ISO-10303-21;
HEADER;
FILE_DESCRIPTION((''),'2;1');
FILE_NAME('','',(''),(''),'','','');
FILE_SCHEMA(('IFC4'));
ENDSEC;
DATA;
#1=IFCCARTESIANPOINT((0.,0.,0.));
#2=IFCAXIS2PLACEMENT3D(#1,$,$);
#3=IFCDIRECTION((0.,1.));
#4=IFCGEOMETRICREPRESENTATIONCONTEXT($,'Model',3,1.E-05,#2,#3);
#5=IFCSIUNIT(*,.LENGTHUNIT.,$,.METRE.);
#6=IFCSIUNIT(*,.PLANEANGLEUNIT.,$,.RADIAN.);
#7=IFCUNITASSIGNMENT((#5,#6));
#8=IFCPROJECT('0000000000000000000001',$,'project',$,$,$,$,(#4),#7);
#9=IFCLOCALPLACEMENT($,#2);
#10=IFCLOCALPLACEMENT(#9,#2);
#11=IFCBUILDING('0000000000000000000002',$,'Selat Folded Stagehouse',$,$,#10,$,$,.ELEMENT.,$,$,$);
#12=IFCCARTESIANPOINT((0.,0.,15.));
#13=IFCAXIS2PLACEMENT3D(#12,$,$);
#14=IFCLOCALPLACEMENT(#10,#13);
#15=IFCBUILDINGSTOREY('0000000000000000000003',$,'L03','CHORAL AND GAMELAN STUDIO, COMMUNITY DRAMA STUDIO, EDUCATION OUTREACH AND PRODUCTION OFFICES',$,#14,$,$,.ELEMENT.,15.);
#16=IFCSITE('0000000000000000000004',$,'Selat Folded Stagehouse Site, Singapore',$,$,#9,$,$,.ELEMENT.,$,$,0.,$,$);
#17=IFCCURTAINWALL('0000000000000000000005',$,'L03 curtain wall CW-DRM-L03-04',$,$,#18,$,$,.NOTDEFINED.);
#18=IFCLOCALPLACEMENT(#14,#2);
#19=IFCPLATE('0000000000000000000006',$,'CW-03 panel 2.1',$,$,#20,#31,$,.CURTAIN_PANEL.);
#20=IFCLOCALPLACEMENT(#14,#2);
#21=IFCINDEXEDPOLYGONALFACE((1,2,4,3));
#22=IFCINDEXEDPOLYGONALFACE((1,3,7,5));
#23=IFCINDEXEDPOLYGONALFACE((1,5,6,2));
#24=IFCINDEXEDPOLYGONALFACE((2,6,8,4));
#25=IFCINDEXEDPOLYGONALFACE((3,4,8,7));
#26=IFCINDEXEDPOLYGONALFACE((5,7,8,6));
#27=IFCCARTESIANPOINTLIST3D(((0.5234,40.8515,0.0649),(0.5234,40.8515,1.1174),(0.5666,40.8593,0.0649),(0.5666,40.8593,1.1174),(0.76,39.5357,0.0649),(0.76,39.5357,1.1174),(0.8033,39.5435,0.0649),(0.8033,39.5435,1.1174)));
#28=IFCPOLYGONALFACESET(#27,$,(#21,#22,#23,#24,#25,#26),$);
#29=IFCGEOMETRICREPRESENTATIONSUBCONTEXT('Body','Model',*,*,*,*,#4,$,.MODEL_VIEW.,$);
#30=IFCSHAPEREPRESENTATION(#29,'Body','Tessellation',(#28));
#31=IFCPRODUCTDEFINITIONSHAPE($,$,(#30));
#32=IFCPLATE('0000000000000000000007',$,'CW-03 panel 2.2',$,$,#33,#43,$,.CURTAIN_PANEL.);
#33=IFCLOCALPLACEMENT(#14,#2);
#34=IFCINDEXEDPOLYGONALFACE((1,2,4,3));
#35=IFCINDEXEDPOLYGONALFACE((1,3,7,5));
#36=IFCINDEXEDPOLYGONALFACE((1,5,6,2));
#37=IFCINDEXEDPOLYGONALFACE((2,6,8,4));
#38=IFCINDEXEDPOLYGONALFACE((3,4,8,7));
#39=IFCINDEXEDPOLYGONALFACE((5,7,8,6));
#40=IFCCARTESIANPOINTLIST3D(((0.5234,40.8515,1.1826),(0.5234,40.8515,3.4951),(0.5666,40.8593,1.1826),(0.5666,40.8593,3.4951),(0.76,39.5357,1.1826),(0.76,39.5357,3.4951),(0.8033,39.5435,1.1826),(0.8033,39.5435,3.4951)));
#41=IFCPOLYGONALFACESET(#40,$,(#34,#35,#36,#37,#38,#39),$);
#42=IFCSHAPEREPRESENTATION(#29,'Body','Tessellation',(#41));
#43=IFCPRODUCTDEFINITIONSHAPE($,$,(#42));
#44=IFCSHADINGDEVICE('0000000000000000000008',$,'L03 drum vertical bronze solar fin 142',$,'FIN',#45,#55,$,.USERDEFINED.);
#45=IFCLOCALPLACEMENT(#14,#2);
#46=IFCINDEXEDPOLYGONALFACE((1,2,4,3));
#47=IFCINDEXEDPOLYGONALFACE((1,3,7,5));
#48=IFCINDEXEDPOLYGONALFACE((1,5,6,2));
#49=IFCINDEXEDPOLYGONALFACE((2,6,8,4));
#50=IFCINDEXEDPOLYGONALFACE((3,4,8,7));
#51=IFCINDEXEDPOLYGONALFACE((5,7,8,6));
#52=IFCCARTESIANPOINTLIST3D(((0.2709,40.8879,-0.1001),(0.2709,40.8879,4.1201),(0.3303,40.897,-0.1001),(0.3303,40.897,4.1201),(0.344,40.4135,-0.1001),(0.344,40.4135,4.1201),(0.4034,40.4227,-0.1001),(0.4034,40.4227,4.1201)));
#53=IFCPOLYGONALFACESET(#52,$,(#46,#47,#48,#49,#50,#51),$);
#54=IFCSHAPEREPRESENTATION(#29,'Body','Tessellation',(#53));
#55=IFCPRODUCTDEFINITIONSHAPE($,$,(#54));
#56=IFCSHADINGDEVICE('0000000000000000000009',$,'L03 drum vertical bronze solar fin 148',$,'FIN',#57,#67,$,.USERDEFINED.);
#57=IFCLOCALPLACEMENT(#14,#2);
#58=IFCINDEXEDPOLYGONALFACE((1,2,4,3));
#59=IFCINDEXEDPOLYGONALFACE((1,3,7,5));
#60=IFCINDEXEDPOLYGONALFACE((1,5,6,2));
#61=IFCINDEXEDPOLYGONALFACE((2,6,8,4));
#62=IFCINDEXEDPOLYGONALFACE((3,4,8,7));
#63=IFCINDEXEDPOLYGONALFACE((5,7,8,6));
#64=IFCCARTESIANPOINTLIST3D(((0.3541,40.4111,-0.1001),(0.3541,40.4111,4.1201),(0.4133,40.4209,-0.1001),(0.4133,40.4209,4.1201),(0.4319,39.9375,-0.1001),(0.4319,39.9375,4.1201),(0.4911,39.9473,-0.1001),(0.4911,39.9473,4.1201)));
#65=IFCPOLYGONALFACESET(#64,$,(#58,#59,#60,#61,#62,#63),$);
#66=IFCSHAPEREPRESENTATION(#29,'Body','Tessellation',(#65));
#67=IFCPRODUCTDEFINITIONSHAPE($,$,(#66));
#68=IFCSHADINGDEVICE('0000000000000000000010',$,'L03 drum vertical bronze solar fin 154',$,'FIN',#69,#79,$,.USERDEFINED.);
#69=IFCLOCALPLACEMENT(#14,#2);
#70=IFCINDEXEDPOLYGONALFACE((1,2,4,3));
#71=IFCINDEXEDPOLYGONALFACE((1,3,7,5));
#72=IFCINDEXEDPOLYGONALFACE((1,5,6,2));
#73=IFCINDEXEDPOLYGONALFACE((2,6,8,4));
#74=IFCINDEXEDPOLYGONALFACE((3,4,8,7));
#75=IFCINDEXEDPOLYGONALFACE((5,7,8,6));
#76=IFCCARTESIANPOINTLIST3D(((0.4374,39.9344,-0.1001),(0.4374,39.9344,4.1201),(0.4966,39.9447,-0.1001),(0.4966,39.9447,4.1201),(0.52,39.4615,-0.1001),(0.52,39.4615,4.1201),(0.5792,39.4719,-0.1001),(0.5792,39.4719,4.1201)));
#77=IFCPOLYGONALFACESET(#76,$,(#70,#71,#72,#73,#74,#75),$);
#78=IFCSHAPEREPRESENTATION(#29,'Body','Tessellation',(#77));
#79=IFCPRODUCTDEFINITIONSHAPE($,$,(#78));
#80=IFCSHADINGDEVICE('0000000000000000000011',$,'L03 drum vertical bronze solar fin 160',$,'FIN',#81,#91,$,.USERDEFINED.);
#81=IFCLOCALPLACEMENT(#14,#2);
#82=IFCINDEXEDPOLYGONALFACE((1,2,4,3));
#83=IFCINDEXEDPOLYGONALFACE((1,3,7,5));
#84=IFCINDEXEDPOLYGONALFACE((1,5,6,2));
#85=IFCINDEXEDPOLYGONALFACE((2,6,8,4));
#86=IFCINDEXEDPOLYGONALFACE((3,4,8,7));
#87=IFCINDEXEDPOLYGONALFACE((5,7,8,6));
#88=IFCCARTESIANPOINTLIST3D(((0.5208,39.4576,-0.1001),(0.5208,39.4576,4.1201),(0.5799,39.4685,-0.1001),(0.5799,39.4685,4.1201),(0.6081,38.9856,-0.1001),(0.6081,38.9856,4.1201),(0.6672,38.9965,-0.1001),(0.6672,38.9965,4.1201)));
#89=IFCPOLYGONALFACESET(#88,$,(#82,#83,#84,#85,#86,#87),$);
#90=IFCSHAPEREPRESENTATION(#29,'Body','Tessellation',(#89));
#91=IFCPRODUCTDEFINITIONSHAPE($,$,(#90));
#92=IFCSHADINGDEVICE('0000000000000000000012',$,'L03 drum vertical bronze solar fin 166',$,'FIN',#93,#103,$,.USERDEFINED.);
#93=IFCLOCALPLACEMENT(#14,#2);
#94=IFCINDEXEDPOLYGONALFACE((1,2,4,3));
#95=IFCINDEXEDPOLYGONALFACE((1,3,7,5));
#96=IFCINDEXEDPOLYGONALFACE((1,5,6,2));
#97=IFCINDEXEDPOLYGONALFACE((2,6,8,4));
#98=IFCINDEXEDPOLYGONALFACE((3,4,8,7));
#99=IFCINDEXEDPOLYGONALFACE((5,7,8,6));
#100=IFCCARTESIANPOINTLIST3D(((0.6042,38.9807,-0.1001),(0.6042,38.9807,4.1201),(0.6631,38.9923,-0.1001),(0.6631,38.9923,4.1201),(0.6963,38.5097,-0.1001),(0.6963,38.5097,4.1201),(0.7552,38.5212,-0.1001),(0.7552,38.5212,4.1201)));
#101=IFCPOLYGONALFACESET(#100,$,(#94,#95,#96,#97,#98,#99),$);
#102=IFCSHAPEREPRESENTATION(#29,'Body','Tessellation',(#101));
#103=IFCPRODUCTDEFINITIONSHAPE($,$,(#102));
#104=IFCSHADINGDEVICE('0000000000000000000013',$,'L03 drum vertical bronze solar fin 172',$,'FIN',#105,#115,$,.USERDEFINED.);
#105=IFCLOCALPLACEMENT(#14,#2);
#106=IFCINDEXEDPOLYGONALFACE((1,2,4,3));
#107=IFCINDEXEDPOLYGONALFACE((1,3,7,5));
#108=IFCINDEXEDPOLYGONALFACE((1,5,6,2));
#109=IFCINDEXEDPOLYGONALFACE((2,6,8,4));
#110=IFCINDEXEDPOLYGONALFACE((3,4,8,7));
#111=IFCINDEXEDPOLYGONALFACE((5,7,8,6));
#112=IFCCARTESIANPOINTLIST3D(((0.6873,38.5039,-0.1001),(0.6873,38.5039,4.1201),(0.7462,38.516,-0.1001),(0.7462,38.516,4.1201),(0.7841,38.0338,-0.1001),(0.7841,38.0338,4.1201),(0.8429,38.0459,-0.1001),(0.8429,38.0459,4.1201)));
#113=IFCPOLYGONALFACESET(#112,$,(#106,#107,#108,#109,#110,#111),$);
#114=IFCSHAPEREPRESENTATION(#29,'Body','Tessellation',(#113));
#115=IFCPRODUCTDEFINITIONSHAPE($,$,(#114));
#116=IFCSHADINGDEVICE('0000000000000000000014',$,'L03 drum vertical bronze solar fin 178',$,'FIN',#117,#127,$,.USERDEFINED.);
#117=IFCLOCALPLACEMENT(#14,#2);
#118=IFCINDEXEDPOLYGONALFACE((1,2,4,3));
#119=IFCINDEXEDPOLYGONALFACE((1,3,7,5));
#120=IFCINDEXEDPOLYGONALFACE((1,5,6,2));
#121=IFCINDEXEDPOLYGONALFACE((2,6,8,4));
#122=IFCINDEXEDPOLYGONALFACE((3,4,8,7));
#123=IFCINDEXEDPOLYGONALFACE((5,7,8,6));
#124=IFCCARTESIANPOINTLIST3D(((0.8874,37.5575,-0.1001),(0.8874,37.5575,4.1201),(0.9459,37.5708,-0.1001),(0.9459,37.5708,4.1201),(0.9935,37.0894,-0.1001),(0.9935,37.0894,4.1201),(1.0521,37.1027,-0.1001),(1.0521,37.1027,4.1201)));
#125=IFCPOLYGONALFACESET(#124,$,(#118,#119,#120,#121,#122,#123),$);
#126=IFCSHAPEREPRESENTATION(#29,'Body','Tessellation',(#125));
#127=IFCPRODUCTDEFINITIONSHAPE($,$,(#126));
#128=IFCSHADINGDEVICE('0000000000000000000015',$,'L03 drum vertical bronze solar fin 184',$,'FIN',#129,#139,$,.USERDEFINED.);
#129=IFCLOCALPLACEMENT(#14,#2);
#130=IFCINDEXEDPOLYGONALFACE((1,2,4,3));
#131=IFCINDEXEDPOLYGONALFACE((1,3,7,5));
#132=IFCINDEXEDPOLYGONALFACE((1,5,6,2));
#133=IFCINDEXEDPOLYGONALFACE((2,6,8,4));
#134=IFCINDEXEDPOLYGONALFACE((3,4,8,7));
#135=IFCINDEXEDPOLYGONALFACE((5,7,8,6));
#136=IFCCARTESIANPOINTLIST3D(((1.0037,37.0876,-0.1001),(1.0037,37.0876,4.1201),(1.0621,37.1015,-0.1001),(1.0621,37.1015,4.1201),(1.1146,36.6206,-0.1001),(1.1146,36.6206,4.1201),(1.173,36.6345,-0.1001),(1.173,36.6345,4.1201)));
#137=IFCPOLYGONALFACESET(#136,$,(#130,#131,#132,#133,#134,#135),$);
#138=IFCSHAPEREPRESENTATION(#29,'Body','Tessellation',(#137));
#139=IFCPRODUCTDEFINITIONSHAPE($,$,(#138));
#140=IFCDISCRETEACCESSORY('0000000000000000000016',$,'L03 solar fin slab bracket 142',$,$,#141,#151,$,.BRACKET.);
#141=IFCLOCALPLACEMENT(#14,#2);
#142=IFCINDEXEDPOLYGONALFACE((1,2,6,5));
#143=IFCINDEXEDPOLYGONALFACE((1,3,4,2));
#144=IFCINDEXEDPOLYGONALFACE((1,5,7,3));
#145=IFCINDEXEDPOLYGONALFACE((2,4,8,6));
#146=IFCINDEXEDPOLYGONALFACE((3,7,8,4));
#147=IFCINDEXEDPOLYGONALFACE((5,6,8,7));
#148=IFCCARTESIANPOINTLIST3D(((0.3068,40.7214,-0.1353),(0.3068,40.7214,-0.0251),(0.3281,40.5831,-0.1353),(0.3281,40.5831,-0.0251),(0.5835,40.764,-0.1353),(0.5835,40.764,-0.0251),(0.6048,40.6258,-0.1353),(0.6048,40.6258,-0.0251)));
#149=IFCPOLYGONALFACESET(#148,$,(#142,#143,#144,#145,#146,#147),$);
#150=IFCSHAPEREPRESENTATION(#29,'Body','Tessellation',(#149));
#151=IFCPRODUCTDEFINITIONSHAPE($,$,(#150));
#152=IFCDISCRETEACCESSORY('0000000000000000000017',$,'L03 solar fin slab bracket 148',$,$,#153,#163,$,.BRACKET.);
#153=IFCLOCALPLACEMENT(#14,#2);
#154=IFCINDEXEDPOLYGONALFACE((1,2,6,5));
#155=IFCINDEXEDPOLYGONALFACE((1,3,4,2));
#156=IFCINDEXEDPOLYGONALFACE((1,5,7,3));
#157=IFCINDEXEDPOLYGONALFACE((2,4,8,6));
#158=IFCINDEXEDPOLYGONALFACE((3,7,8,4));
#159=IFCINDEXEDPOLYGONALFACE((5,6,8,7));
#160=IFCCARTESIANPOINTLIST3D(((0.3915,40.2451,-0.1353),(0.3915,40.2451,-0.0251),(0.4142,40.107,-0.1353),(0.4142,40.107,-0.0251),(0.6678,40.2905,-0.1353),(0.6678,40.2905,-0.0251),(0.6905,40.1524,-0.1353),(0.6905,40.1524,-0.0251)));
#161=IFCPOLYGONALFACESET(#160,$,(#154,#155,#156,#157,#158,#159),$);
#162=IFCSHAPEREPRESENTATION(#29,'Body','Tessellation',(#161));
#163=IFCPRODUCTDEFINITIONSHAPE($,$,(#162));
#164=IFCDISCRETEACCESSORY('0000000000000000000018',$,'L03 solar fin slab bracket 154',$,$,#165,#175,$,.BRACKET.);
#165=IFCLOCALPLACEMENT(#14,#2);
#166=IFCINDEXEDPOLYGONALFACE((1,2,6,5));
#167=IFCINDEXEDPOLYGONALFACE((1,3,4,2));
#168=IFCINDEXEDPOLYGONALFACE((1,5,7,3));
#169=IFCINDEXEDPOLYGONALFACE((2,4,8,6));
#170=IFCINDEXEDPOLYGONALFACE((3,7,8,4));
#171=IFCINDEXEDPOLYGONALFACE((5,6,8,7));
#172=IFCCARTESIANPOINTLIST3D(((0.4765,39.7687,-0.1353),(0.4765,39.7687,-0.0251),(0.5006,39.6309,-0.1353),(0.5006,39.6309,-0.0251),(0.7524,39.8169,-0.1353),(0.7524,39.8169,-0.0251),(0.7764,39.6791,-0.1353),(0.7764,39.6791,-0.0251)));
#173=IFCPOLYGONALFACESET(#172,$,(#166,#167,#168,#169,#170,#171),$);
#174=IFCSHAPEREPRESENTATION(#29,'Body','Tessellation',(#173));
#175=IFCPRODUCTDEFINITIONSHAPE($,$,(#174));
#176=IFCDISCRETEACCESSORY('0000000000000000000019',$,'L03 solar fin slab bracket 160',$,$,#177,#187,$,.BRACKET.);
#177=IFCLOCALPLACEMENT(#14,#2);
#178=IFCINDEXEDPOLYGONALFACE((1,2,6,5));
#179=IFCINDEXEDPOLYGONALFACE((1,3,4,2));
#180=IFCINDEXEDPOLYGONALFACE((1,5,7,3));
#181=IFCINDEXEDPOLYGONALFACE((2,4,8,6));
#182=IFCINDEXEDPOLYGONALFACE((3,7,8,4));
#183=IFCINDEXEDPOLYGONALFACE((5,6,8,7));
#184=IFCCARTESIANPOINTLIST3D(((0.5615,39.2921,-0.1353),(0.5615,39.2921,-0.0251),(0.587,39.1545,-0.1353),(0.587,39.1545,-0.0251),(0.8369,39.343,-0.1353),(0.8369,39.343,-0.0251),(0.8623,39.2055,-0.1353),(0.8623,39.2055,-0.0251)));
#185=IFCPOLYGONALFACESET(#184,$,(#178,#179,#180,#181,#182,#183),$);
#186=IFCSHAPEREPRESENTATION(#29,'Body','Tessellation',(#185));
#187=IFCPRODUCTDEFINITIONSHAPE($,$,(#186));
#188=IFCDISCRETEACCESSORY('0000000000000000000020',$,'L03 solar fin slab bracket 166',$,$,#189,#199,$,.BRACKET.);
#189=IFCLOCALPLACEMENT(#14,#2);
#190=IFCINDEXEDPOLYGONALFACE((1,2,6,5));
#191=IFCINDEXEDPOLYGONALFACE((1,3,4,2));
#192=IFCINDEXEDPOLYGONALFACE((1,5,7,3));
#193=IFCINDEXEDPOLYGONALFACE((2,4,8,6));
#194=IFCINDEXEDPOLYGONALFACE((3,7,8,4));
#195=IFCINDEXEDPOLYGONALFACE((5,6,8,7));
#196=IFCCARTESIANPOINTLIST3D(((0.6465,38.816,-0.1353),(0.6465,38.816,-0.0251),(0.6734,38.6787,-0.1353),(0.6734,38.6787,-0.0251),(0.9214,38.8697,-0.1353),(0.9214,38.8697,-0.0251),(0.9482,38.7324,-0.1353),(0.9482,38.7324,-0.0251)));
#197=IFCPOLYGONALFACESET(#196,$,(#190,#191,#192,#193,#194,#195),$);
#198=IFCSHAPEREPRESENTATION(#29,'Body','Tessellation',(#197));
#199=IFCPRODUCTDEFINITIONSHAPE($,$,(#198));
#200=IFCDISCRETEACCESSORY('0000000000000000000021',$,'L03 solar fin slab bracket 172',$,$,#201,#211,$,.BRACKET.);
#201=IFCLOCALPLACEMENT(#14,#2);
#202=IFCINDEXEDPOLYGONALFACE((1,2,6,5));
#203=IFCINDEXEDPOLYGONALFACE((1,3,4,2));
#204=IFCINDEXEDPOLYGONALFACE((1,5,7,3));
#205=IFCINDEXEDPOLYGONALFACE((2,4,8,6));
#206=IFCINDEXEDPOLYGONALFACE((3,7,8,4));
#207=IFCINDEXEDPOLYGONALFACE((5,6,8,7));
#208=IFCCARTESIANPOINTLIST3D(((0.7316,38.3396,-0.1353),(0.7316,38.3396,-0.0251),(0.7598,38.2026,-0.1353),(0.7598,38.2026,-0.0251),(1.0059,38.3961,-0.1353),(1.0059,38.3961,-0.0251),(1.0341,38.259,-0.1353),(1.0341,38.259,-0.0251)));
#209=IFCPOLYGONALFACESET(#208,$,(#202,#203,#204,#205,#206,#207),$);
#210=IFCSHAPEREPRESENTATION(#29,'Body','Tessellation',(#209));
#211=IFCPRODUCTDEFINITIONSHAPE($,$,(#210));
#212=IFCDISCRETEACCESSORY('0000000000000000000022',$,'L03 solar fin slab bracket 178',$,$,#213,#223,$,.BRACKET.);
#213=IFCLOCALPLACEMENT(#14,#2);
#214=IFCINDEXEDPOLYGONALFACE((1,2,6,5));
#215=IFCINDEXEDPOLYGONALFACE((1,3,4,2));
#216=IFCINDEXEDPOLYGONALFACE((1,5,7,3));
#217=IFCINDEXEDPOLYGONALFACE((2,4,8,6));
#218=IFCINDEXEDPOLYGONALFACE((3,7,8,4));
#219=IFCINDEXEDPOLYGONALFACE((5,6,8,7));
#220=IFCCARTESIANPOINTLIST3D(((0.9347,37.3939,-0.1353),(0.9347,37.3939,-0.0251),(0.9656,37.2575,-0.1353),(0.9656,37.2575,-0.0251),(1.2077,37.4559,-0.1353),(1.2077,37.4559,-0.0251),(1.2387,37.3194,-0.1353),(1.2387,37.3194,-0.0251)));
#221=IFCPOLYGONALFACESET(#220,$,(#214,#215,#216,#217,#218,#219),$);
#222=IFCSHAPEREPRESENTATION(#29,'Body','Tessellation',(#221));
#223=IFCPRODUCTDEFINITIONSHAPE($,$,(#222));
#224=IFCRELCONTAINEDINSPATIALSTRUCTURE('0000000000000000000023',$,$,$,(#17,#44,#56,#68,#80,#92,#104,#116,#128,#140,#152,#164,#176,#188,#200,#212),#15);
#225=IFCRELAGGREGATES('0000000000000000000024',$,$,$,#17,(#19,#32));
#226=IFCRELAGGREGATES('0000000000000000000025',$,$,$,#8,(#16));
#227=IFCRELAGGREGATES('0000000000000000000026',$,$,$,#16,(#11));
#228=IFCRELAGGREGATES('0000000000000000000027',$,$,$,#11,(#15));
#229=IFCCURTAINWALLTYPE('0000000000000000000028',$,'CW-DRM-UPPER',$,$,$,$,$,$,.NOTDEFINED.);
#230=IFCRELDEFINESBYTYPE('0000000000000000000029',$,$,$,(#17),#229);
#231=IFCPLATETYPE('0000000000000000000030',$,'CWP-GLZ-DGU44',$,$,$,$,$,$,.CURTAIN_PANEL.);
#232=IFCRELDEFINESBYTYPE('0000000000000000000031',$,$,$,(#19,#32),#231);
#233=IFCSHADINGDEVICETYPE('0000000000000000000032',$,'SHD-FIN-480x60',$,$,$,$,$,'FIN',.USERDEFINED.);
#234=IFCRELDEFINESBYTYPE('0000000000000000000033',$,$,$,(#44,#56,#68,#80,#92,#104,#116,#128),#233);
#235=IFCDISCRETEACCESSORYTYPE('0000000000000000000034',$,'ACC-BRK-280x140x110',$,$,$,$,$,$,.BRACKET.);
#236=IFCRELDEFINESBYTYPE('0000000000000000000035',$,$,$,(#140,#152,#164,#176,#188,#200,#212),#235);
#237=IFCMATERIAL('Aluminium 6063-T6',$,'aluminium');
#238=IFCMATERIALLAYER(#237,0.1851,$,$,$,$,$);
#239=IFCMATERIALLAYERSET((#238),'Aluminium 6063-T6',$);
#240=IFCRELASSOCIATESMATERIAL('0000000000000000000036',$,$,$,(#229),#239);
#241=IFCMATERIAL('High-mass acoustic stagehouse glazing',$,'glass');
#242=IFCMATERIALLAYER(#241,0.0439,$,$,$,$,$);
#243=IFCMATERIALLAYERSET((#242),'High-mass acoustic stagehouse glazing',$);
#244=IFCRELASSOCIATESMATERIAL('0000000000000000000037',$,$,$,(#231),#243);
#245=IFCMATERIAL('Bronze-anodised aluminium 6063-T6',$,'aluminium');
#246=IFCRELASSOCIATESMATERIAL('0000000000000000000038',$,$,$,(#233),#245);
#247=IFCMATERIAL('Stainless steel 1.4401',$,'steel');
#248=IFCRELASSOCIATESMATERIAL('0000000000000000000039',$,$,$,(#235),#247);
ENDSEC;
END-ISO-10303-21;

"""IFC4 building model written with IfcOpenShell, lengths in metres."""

from ifc_helpers import new_model, si_unit, direction, frame, origin, origin_2d, place, context, subcontext, project, spatial, rectangle, extrude, material, layer, layer_set, material_profile, profile_set, type_object, element, aggregate, save


model = new_model("IFC4")

# Units and contexts
model_context = context("Model", 3, precision=1e-05, world=origin(), true_north=direction((0.0, 1.0)))
body_context = subcontext(model_context, "Body", "Model", "MODEL_VIEW")
ifc_project = project(units=[si_unit("LENGTHUNIT", "METRE"), si_unit("PLANEANGLEUNIT", "RADIAN")], contexts=[model_context])

# Site, building, storey
site_placement = place(None, origin())
site = spatial("IfcSite", under=ifc_project, at=site_placement, Name="Selat Folded Stagehouse Site, Singapore", CompositionType="ELEMENT", RefElevation=0.0)
building_placement = place(site_placement, origin())
building = spatial("IfcBuilding", under=site, at=building_placement, Name="Selat Folded Stagehouse", CompositionType="ELEMENT")
storey_placement = place(building_placement, frame((0.0, 0.0, 15.0)))
storey = spatial("IfcBuildingStorey", under=building, at=storey_placement, Name="L03", Description="CHORAL AND GAMELAN STUDIO, COMMUNITY DRAMA STUDIO, EDUCATION OUTREACH AND PRODUCTION OFFICES", CompositionType="ELEMENT", Elevation=15.0)

# Shared definitions
ifc_material_1 = material(Name="Aluminium 6063-T6", Category="aluminium")
ifc_layer_1 = layer(ifc_material_1, 0.1851)
ifc_layer_set_1 = layer_set([ifc_layer_1], Name="Aluminium 6063-T6")
curtain_wall_type = type_object("IfcCurtainWallType", Name="CW-DRM-UPPER", PredefinedType="NOTDEFINED", material=ifc_layer_set_1)

# Curtain wall
curtain_wall_1_placement = place(storey_placement, origin())
curtain_wall_1 = element("IfcCurtainWall", 1, at=curtain_wall_1_placement, inside=storey, type_object=curtain_wall_type, Name="L03 curtain wall CW-DRM-L03-04", PredefinedType="NOTDEFINED")

# Plates
ifc_material_2 = material(Name="High-mass acoustic stagehouse glazing", Category="glass")
ifc_layer_2 = layer(ifc_material_2, 0.0439)
ifc_layer_set_2 = layer_set([ifc_layer_2], Name="High-mass acoustic stagehouse glazing")
plate_type = type_object("IfcPlateType", Name="CWP-GLZ-DGU44", PredefinedType="CURTAIN_PANEL", material=ifc_layer_set_2)
plate_1_placement = place(storey_placement, frame((0.6633, 40.1975, 0.0649), z_axis=(0.0, 0.0, 1.0), x_axis=(-0.177002, 0.984211, 0.0)))
plate_1 = element("IfcPlate", 2, at=plate_1_placement, type_object=plate_type, Name="CW-03 panel 2.1", PredefinedType="CURTAIN_PANEL", context=body_context, shape_type="SweptSolid", body=[
    extrude(rectangle(XDim=1.3369, YDim=0.0439, at=origin_2d()), origin(), (0.0, 0.0, 1.0), 1.0525),
])
plate_2_placement = place(storey_placement, frame((0.6633, 40.1975, 1.1826), z_axis=(0.0, 0.0, 1.0), x_axis=(-0.177002, 0.984211, 0.0)))
plate_2 = element("IfcPlate", 3, at=plate_2_placement, type_object=plate_type, Name="CW-03 panel 2.2", PredefinedType="CURTAIN_PANEL", context=body_context, shape_type="SweptSolid", body=[
    extrude(rectangle(XDim=1.3369, YDim=0.0439, at=origin_2d()), origin(), (0.0, 0.0, 1.0), 2.3125),
])
aggregate(curtain_wall_1, [plate_1, plate_2])

# Shading devices
ifc_material_3 = material(Name="Bronze-anodised aluminium 6063-T6", Category="aluminium")
ifc_material_profile_1 = material_profile(ifc_material_3, rectangle(XDim=0.0601, YDim=0.48, at=origin_2d()), Name="SOLAR-FIN 480x60")
ifc_profile_set_1 = profile_set([ifc_material_profile_1], Name="Bronze-anodised aluminium 6063-T6")
shading_device_type = type_object("IfcShadingDeviceType", Name="SHD-FIN-480x60", ElementType="FIN", PredefinedType="USERDEFINED", material=ifc_profile_set_1)
for number, where, z_axis, x_axis, name in (
    (4, (0.3372, 40.6553, -0.1001), (0.0, 0.0, 1.0), (-0.988335, -0.152296, 0.0), "L03 drum vertical bronze solar fin 142"),
    (5, (0.4226, 40.1792, -0.1001), (0.0, 0.0, 1.0), (-0.986771, -0.162121, 0.0), "L03 drum vertical bronze solar fin 148"),
    (6, (0.5083, 39.7031, -0.1001), (0.0, 0.0, 1.0), (-0.985079, -0.172101, 0.0), "L03 drum vertical bronze solar fin 154"),
    (7, (0.594, 39.2271, -0.1001), (0.0, 0.0, 1.0), (-0.983318, -0.181892, 0.0), "L03 drum vertical bronze solar fin 160"),
    (8, (0.6797, 38.751, -0.1001), (0.0, 0.0, 1.0), (-0.981427, -0.191837, 0.0), "L03 drum vertical bronze solar fin 166"),
    (9, (0.7651, 38.2749, -0.1001), (0.0, 0.0, 1.0), (-0.97947, -0.201591, 0.0), "L03 drum vertical bronze solar fin 172"),
    (10, (0.9697, 37.3301, -0.1001), (0.0, 0.0, 1.0), (-0.975227, -0.221208, 0.0), "L03 drum vertical bronze solar fin 178"),
    (11, (1.0884, 36.8611, -0.1001), (0.0, 0.0, 1.0), (-0.972937, -0.231069, 0.0), "L03 drum vertical bronze solar fin 184"),
):
    element("IfcShadingDevice", number, at=place(storey_placement, frame(where, z_axis=z_axis, x_axis=x_axis)), inside=storey, type_object=shading_device_type, Name=name, ObjectType="FIN", PredefinedType="USERDEFINED", context=body_context, shape_type="SweptSolid", body=[
        extrude(rectangle(XDim=0.0601, YDim=0.48, at=origin_2d()), origin(), (0.0, 0.0, 1.0), 4.2202),
    ])

# Discrete accessories
ifc_material_4 = material(Name="Stainless steel 1.4401", Category="steel")
discrete_accessory_type = type_object("IfcDiscreteAccessoryType", Name="ACC-BRK-280x140x110", PredefinedType="BRACKET", material=ifc_material_4)
for number, where, z_axis, x_axis, name in (
    (12, (0.4558, 40.6736, -0.1353), (0.0, 0.0, 1.0), (-0.988335, -0.152296, 0.0), "L03 solar fin slab bracket 142"),
    (13, (0.541, 40.1987, -0.1353), (0.0, 0.0, 1.0), (-0.986771, -0.162121, 0.0), "L03 solar fin slab bracket 148"),
    (14, (0.6265, 39.7239, -0.1353), (0.0, 0.0, 1.0), (-0.985079, -0.172101, 0.0), "L03 solar fin slab bracket 154"),
    (15, (0.7119, 39.2488, -0.1353), (0.0, 0.0, 1.0), (-0.983318, -0.181892, 0.0), "L03 solar fin slab bracket 160"),
    (16, (0.7974, 38.7742, -0.1353), (0.0, 0.0, 1.0), (-0.981427, -0.191837, 0.0), "L03 solar fin slab bracket 166"),
    (17, (0.8828, 38.2993, -0.1353), (0.0, 0.0, 1.0), (-0.97947, -0.201591, 0.0), "L03 solar fin slab bracket 172"),
    (18, (1.0867, 37.3567, -0.1353), (0.0, 0.0, 1.0), (-0.975227, -0.221208, 0.0), "L03 solar fin slab bracket 178"),
):
    element("IfcDiscreteAccessory", number, at=place(storey_placement, frame(where, z_axis=z_axis, x_axis=x_axis)), inside=storey, type_object=discrete_accessory_type, Name=name, PredefinedType="BRACKET", context=body_context, shape_type="SweptSolid", body=[
        extrude(rectangle(XDim=0.28, YDim=0.1399, at=origin_2d()), origin(), (0.0, 0.0, 1.0), 0.1101),
    ])

save(model, "model.ifc")
